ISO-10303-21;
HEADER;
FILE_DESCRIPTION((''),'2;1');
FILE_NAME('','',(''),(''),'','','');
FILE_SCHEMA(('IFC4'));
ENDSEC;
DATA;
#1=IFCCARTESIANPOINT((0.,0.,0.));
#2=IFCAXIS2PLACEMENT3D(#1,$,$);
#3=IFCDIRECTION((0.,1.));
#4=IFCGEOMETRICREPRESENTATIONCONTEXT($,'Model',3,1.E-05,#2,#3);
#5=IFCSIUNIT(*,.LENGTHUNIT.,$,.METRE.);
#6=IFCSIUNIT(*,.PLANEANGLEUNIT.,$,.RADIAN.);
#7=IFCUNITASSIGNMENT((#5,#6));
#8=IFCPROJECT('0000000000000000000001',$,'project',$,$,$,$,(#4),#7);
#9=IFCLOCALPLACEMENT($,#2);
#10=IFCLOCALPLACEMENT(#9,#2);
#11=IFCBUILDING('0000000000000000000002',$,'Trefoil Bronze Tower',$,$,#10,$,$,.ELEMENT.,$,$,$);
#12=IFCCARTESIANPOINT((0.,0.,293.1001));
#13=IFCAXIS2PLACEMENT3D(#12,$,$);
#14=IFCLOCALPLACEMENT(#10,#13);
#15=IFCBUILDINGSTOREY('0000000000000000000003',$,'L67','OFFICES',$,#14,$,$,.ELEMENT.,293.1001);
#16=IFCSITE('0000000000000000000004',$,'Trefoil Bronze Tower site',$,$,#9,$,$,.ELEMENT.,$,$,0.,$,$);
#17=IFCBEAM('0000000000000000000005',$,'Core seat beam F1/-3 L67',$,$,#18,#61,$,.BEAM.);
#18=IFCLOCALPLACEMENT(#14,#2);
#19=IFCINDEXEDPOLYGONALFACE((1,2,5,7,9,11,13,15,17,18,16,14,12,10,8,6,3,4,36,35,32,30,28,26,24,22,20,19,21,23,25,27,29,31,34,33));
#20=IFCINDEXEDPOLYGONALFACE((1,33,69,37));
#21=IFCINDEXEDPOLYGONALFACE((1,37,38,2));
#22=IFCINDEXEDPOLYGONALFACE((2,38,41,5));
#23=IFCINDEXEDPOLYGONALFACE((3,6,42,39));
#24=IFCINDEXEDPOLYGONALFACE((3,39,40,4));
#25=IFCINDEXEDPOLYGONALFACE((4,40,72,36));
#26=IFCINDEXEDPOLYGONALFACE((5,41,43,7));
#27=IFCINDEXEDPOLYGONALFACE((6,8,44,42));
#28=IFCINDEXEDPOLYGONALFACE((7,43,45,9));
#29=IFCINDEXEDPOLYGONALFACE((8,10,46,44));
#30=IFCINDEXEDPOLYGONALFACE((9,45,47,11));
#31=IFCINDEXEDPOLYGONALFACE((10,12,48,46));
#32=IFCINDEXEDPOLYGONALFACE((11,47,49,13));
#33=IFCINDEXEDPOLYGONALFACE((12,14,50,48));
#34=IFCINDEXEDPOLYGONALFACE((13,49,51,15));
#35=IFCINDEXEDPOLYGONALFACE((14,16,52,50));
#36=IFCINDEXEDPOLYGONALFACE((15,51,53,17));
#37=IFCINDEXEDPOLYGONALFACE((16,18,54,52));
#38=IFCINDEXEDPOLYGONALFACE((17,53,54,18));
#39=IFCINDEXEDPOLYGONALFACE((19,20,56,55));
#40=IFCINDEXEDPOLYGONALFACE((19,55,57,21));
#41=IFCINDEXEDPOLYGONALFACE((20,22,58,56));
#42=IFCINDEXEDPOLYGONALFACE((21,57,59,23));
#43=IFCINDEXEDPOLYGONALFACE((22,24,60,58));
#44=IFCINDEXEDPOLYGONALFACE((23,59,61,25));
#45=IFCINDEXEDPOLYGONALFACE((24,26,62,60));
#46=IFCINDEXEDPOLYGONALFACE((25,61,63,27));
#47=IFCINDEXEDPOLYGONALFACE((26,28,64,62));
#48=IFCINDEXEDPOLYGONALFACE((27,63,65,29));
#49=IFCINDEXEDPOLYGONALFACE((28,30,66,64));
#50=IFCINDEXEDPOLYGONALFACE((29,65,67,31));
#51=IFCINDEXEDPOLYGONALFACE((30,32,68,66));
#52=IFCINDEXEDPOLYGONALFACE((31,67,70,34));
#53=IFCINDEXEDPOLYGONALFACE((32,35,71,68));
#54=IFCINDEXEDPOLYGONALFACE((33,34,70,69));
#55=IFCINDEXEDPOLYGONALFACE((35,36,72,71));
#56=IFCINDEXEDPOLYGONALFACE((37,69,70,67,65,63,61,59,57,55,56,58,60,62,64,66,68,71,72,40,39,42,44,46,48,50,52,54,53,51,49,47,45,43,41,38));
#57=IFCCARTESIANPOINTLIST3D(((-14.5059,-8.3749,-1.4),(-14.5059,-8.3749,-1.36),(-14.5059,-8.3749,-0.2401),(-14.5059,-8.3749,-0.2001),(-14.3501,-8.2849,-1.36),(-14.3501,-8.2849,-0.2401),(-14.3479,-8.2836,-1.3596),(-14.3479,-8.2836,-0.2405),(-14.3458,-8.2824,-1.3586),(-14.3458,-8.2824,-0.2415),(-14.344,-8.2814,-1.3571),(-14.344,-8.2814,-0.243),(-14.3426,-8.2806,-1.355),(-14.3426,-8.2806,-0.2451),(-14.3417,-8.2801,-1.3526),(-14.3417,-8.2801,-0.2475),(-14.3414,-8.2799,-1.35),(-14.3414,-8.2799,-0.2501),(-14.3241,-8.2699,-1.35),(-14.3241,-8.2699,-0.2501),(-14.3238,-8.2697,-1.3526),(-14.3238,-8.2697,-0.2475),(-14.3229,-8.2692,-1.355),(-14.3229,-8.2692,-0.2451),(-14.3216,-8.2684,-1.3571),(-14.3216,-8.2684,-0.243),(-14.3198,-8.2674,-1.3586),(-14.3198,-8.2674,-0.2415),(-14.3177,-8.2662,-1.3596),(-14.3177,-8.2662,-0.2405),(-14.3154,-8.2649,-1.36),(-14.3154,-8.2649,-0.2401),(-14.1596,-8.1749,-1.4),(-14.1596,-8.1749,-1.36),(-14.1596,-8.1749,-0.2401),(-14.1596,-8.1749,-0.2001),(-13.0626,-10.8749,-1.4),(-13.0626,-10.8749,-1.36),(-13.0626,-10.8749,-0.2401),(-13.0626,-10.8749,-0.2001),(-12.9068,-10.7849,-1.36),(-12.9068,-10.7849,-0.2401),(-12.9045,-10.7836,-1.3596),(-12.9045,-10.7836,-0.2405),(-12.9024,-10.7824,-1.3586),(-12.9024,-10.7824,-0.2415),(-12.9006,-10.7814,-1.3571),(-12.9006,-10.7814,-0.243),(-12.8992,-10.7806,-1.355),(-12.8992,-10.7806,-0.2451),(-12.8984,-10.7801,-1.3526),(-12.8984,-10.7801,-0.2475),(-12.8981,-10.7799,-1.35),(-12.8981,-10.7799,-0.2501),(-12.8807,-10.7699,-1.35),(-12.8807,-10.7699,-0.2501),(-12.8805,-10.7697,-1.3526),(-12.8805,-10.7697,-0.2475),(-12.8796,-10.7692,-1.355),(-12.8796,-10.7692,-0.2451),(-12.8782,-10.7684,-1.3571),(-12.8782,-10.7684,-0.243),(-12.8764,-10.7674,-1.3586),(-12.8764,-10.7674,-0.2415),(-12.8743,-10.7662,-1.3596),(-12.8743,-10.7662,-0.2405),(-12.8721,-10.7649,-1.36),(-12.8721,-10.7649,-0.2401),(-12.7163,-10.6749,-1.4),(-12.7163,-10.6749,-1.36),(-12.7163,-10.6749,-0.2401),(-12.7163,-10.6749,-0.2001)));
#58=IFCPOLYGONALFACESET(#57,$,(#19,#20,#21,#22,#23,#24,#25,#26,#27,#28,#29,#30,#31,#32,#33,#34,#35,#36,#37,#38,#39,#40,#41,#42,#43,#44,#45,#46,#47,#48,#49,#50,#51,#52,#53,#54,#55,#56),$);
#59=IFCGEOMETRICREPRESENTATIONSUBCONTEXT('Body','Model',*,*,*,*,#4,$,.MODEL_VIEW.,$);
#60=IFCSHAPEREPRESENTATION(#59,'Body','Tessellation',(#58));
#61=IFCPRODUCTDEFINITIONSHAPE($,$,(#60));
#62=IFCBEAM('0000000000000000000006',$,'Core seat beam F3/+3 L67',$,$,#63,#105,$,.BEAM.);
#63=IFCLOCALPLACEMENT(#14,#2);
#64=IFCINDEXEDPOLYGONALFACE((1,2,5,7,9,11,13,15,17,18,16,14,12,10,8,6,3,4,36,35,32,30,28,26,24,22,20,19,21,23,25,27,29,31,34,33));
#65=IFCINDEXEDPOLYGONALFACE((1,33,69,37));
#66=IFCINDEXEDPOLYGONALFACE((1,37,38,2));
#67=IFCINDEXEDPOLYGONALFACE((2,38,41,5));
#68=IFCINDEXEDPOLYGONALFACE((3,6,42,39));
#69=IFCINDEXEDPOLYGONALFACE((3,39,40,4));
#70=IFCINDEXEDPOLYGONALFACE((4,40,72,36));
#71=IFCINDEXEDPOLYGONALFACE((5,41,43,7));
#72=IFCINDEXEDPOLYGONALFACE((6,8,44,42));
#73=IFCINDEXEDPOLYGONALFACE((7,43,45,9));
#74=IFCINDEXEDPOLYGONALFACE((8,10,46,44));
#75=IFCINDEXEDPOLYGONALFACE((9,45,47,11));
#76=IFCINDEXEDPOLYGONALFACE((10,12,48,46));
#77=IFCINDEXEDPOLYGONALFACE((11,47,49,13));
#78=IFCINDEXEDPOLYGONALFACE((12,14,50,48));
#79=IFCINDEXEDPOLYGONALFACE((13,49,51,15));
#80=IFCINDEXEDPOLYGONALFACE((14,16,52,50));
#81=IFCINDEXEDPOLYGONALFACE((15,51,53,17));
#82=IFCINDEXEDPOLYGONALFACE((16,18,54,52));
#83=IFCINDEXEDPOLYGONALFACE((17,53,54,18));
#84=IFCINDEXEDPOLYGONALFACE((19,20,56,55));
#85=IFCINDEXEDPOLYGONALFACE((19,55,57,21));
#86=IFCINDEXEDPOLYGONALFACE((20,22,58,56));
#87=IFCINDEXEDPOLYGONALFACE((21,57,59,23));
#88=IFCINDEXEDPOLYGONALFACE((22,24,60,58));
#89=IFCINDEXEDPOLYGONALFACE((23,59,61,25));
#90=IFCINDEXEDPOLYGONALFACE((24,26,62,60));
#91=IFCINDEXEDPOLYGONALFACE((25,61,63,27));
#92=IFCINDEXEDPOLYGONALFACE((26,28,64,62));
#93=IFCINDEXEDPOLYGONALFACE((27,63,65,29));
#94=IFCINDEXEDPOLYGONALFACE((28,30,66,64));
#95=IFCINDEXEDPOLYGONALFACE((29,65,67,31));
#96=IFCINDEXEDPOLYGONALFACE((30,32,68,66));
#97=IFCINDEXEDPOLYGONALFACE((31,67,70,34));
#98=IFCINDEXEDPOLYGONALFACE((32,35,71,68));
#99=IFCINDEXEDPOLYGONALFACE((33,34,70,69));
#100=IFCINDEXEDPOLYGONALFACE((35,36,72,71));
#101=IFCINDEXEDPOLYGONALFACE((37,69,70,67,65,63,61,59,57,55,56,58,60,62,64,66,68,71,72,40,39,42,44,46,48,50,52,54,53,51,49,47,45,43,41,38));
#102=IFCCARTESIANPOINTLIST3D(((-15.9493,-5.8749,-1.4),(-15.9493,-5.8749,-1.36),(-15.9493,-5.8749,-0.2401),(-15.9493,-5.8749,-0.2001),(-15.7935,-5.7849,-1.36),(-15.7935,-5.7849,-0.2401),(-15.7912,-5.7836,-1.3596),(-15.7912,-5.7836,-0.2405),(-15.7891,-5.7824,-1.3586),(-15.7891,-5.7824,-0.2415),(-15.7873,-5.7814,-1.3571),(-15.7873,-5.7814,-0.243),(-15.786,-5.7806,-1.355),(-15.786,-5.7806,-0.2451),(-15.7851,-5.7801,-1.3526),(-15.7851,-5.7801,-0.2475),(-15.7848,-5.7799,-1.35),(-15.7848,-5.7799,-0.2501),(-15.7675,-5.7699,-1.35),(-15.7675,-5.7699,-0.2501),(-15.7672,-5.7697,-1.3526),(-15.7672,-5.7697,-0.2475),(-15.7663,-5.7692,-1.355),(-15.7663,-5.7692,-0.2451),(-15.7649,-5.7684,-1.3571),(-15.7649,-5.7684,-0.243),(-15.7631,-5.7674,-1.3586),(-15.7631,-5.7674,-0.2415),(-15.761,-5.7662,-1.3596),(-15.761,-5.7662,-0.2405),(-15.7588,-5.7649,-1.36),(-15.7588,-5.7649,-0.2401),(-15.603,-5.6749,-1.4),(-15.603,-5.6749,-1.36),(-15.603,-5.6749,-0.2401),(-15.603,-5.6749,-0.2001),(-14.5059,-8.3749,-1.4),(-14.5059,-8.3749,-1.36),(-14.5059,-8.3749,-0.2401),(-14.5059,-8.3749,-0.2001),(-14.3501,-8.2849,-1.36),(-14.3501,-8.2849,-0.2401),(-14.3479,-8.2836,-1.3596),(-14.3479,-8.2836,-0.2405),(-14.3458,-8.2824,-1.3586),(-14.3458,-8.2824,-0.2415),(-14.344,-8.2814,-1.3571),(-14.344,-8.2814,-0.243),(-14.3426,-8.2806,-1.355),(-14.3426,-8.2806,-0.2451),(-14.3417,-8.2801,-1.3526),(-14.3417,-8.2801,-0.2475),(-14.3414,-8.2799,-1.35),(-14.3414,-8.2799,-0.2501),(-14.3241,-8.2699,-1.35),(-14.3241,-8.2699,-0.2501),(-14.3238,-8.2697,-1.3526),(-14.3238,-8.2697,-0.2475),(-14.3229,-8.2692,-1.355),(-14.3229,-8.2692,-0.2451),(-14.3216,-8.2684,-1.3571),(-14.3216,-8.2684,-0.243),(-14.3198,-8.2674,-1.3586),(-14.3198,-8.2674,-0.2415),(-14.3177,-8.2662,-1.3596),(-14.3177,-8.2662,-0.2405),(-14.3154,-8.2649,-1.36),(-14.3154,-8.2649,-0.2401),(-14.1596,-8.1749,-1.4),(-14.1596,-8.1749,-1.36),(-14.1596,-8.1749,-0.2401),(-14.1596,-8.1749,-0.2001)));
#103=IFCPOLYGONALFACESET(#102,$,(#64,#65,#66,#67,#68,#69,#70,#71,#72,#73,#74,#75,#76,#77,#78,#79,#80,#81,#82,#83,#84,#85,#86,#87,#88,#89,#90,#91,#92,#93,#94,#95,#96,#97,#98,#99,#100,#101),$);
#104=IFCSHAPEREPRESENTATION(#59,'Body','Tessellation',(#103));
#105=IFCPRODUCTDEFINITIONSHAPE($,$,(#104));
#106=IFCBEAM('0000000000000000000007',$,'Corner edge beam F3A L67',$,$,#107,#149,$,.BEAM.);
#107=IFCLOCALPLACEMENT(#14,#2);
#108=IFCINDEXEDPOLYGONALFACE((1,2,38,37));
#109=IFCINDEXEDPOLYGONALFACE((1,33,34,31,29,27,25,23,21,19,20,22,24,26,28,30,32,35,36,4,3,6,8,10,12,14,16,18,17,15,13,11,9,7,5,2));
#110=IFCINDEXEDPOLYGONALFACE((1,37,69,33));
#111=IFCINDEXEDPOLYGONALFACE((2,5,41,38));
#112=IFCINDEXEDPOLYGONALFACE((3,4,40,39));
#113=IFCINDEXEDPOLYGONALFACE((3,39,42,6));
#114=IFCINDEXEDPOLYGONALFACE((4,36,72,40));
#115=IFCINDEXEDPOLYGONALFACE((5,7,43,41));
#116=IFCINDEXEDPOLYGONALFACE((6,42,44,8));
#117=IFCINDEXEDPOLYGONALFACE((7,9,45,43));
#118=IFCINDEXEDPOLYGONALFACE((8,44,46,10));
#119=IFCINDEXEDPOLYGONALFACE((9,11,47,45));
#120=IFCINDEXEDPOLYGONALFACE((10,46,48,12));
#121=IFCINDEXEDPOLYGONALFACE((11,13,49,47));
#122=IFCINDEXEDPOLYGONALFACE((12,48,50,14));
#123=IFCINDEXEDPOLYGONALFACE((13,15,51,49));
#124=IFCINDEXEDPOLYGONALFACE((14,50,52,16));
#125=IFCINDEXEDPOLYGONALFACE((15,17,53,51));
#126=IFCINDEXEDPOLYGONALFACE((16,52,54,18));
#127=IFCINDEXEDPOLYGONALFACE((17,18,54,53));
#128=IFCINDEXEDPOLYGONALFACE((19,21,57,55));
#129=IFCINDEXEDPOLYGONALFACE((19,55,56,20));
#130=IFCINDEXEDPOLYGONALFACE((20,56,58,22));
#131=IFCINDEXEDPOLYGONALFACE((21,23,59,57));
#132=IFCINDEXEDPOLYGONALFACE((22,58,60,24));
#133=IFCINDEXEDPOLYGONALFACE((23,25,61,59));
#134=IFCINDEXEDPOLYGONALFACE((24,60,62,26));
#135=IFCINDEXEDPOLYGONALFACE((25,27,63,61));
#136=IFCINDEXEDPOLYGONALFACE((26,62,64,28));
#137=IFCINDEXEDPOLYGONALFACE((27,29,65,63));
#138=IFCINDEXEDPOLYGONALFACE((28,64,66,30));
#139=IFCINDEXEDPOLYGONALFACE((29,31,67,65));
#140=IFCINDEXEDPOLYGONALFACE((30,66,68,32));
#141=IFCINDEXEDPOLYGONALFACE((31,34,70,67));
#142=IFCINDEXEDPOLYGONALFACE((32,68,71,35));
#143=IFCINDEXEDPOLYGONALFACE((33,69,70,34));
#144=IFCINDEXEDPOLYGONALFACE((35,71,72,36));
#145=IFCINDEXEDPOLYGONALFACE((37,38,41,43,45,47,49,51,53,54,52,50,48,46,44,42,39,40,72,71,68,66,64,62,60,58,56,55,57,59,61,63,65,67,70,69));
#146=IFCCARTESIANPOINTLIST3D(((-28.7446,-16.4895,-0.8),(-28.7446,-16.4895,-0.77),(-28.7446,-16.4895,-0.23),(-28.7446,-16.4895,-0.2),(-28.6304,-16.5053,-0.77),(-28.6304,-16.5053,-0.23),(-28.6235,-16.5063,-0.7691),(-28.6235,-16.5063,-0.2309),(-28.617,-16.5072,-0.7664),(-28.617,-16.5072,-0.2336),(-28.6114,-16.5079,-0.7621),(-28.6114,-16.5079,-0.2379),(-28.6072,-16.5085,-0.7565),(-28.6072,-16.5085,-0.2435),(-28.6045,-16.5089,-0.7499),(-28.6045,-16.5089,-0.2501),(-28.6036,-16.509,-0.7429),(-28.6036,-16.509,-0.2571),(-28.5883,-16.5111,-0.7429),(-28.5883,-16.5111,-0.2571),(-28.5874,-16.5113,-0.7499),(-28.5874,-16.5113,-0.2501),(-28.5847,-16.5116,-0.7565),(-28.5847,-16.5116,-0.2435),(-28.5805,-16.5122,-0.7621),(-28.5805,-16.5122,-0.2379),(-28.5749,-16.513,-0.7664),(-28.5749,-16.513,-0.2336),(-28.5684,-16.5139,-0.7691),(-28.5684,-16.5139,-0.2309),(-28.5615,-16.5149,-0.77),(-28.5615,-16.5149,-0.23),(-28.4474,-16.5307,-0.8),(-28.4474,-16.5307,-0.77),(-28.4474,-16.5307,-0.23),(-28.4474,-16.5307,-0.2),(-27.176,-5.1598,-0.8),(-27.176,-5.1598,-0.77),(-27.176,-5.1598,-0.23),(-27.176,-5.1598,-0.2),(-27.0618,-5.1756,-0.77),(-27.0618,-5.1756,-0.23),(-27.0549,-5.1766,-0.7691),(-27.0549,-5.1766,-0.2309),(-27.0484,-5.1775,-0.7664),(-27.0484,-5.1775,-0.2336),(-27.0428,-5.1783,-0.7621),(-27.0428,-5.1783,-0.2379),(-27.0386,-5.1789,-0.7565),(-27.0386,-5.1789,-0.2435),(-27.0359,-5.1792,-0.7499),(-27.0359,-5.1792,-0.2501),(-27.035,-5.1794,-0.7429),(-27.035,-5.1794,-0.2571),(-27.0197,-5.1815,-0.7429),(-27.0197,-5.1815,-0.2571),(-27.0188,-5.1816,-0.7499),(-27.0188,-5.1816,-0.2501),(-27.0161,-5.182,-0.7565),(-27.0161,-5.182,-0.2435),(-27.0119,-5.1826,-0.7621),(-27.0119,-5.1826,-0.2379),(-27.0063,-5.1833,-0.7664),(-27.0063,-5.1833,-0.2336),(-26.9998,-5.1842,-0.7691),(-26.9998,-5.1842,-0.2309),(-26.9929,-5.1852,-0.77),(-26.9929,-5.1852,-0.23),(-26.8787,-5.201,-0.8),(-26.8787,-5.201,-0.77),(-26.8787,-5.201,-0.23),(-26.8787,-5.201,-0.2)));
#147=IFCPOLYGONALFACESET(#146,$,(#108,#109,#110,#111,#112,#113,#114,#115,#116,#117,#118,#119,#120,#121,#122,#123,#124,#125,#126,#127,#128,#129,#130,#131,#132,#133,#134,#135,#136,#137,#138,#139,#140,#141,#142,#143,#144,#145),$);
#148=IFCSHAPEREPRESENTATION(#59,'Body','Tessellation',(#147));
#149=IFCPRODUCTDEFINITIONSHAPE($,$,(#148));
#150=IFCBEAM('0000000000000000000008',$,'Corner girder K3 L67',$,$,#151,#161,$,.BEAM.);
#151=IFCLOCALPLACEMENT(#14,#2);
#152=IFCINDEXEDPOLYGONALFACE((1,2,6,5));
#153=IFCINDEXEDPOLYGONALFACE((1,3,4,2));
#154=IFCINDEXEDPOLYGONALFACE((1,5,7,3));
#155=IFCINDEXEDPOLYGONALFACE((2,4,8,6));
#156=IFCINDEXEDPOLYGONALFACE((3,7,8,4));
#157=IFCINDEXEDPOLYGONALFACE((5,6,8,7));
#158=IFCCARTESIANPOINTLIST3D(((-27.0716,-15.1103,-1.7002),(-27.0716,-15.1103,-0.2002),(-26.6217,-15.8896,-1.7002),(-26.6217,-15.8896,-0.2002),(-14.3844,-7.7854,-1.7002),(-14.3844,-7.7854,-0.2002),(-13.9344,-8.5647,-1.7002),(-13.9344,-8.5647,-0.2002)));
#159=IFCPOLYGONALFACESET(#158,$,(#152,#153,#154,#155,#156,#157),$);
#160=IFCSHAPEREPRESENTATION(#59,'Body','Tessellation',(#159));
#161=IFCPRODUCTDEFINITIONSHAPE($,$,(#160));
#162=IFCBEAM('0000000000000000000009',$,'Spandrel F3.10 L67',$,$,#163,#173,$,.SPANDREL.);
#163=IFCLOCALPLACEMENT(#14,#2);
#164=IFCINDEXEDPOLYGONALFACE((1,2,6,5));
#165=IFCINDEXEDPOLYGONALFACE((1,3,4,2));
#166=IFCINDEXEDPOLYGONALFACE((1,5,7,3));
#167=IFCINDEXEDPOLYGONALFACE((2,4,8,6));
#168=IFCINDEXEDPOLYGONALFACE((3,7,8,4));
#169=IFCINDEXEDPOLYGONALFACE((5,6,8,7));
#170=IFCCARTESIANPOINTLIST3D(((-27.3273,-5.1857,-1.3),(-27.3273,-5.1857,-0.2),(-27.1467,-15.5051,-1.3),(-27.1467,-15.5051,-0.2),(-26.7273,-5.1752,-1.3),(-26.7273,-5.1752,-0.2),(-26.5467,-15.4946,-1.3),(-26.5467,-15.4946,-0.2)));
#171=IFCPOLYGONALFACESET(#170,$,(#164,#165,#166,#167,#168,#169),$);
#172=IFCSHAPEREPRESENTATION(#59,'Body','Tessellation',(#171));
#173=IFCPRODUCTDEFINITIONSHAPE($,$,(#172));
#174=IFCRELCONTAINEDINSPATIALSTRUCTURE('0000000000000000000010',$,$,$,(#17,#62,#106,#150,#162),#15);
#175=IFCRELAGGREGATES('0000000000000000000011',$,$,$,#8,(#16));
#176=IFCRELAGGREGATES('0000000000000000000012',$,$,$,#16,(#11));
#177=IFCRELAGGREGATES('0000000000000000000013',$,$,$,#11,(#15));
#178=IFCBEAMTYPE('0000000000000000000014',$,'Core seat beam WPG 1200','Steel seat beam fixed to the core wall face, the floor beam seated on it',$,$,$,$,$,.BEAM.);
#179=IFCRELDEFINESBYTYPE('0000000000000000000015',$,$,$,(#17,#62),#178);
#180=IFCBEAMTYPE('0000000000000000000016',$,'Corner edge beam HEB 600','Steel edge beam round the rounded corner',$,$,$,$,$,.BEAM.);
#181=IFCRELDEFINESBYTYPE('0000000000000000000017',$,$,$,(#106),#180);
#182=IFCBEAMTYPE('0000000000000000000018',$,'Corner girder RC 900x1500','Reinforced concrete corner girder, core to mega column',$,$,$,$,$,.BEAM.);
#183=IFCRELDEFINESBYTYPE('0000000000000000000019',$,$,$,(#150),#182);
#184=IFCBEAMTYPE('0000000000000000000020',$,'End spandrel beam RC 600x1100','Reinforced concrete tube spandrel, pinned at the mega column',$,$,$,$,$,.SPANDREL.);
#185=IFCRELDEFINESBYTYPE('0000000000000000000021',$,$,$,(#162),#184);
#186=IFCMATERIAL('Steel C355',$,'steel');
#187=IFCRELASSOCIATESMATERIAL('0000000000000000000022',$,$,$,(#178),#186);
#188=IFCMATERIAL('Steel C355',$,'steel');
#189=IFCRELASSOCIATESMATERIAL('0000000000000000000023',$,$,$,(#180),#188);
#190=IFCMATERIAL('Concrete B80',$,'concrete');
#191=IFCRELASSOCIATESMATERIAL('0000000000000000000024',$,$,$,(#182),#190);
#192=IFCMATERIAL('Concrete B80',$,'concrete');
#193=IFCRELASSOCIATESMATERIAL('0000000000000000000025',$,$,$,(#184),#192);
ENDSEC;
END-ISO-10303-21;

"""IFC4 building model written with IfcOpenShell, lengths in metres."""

from ifc_helpers import new_model, si_unit, direction, frame, origin, origin_2d, place, context, subcontext, project, spatial, rectangle, i_section, extrude, material, material_profile, profile_set, type_object, element, save


model = new_model("IFC4")

# Units and contexts
model_context = context("Model", 3, precision=1e-05, world=origin(), true_north=direction((0.0, 1.0)))
body_context = subcontext(model_context, "Body", "Model", "MODEL_VIEW")
ifc_project = project(units=[si_unit("LENGTHUNIT", "METRE"), si_unit("PLANEANGLEUNIT", "RADIAN")], contexts=[model_context])

# Site, building, storey
site_placement = place(None, origin())
site = spatial("IfcSite", under=ifc_project, at=site_placement, Name="Trefoil Bronze Tower site", CompositionType="ELEMENT", RefElevation=0.0)
building_placement = place(site_placement, origin())
building = spatial("IfcBuilding", under=site, at=building_placement, Name="Trefoil Bronze Tower", CompositionType="ELEMENT")
storey_placement = place(building_placement, frame((0.0, 0.0, 293.1001)))
storey = spatial("IfcBuildingStorey", under=building, at=storey_placement, Name="L67", Description="OFFICES", CompositionType="ELEMENT", Elevation=293.1001)

# Beams
ifc_material_1 = material(Name="Steel C355", Category="steel")
ifc_material_profile_1 = material_profile(ifc_material_1, i_section(OverallWidth=0.3999, OverallDepth=1.2, WebThickness=0.02, FlangeThickness=0.04, FilletRadius=0.01, at=origin_2d()), Name="WPG 1200")
ifc_profile_set_1 = profile_set([ifc_material_profile_1], Name="Steel C355")
beam_type_1 = type_object("IfcBeamType", Name="Core seat beam WPG 1200", Description="Steel seat beam fixed to the core wall face, the floor beam seated on it", PredefinedType="BEAM", material=ifc_profile_set_1)
for number, where, z_axis, x_axis, name in (
    (1, (-14.3328, -8.2749, -0.8), (0.499996, -0.866028, 0.0), (0.866028, 0.499996, 0.0), "Core seat beam F1/-3 L67"),
    (2, (-15.7761, -5.7749, -0.8), (0.499996, -0.866028, 0.0), (0.866028, 0.499996, 0.0), "Core seat beam F3/+3 L67"),
):
    element("IfcBeam", number, at=place(storey_placement, frame(where, z_axis=z_axis, x_axis=x_axis)), inside=storey, type_object=beam_type_1, Name=name, PredefinedType="BEAM", context=body_context, shape_type="SweptSolid", body=[
        extrude(i_section(OverallWidth=0.3999, OverallDepth=1.2, WebThickness=0.02, FlangeThickness=0.04, FilletRadius=0.01, at=origin_2d()), origin(), (0.0, 0.0, 1.0), 2.8867),
    ])
ifc_material_2 = material(Name="Steel C355", Category="steel")
ifc_material_profile_2 = material_profile(ifc_material_2, i_section(OverallWidth=0.3, OverallDepth=0.6001, WebThickness=0.0154, FlangeThickness=0.03, FilletRadius=0.0271, at=origin_2d()), Name="HEB 600")
ifc_profile_set_2 = profile_set([ifc_material_profile_2], Name="Steel C355")
beam_type_2 = type_object("IfcBeamType", Name="Corner edge beam HEB 600", Description="Steel edge beam round the rounded corner", PredefinedType="BEAM", material=ifc_profile_set_2)
beam_1_placement = place(storey_placement, frame((-27.0273, -5.1804, -0.5), z_axis=(-0.137144, -0.990551, 0.0), x_axis=(0.990551, -0.137144, 0.0)))
element("IfcBeam", 3, at=beam_1_placement, inside=storey, type_object=beam_type_2, Name="Corner edge beam F3A L67", PredefinedType="BEAM", context=body_context, shape_type="SweptSolid", body=[
    extrude(i_section(OverallWidth=0.3, OverallDepth=0.6001, WebThickness=0.0154, FlangeThickness=0.03, FilletRadius=0.0271, at=origin_2d()), origin(), (0.0, 0.0, 1.0), 11.4377),
])
ifc_material_3 = material(Name="Concrete B80", Category="concrete")
ifc_material_profile_3 = material_profile(ifc_material_3, rectangle(XDim=0.8999, YDim=1.5, at=origin_2d()), Name="RC 900x1500")
ifc_profile_set_3 = profile_set([ifc_material_profile_3], Name="Concrete B80")
beam_type_3 = type_object("IfcBeamType", Name="Corner girder RC 900x1500", Description="Reinforced concrete corner girder, core to mega column", PredefinedType="BEAM", material=ifc_profile_set_3)
beam_2_placement = place(storey_placement, frame((-14.1594, -8.175, -0.9502), z_axis=(-0.866027, -0.499998, 0.0), x_axis=(0.499998, -0.866027, 0.0)))
element("IfcBeam", 4, at=beam_2_placement, inside=storey, type_object=beam_type_3, Name="Corner girder K3 L67", PredefinedType="BEAM", context=body_context, shape_type="SweptSolid", body=[
    extrude(rectangle(XDim=0.8999, YDim=1.5, at=origin_2d()), origin(), (0.0, 0.0, 1.0), 14.6499),
])
ifc_material_4 = material(Name="Concrete B80", Category="concrete")
ifc_material_profile_4 = material_profile(ifc_material_4, rectangle(XDim=0.6001, YDim=1.1001, at=origin_2d()), Name="RC 600x1100")
ifc_profile_set_4 = profile_set([ifc_material_profile_4], Name="Concrete B80")
beam_type_4 = type_object("IfcBeamType", Name="End spandrel beam RC 600x1100", Description="Reinforced concrete tube spandrel, pinned at the mega column", PredefinedType="SPANDREL", material=ifc_profile_set_4)
beam_3_placement = place(storey_placement, frame((-27.0273, -5.1804, -0.75), z_axis=(0.017504, -0.999847, 0.0), x_axis=(0.999847, 0.017504, 0.0)))
element("IfcBeam", 5, at=beam_3_placement, inside=storey, type_object=beam_type_4, Name="Spandrel F3.10 L67", PredefinedType="SPANDREL", context=body_context, shape_type="SweptSolid", body=[
    extrude(rectangle(XDim=0.6001, YDim=1.1001, at=origin_2d()), origin(), (0.0, 0.0, 1.0), 10.321),
])

save(model, "model.ifc")
